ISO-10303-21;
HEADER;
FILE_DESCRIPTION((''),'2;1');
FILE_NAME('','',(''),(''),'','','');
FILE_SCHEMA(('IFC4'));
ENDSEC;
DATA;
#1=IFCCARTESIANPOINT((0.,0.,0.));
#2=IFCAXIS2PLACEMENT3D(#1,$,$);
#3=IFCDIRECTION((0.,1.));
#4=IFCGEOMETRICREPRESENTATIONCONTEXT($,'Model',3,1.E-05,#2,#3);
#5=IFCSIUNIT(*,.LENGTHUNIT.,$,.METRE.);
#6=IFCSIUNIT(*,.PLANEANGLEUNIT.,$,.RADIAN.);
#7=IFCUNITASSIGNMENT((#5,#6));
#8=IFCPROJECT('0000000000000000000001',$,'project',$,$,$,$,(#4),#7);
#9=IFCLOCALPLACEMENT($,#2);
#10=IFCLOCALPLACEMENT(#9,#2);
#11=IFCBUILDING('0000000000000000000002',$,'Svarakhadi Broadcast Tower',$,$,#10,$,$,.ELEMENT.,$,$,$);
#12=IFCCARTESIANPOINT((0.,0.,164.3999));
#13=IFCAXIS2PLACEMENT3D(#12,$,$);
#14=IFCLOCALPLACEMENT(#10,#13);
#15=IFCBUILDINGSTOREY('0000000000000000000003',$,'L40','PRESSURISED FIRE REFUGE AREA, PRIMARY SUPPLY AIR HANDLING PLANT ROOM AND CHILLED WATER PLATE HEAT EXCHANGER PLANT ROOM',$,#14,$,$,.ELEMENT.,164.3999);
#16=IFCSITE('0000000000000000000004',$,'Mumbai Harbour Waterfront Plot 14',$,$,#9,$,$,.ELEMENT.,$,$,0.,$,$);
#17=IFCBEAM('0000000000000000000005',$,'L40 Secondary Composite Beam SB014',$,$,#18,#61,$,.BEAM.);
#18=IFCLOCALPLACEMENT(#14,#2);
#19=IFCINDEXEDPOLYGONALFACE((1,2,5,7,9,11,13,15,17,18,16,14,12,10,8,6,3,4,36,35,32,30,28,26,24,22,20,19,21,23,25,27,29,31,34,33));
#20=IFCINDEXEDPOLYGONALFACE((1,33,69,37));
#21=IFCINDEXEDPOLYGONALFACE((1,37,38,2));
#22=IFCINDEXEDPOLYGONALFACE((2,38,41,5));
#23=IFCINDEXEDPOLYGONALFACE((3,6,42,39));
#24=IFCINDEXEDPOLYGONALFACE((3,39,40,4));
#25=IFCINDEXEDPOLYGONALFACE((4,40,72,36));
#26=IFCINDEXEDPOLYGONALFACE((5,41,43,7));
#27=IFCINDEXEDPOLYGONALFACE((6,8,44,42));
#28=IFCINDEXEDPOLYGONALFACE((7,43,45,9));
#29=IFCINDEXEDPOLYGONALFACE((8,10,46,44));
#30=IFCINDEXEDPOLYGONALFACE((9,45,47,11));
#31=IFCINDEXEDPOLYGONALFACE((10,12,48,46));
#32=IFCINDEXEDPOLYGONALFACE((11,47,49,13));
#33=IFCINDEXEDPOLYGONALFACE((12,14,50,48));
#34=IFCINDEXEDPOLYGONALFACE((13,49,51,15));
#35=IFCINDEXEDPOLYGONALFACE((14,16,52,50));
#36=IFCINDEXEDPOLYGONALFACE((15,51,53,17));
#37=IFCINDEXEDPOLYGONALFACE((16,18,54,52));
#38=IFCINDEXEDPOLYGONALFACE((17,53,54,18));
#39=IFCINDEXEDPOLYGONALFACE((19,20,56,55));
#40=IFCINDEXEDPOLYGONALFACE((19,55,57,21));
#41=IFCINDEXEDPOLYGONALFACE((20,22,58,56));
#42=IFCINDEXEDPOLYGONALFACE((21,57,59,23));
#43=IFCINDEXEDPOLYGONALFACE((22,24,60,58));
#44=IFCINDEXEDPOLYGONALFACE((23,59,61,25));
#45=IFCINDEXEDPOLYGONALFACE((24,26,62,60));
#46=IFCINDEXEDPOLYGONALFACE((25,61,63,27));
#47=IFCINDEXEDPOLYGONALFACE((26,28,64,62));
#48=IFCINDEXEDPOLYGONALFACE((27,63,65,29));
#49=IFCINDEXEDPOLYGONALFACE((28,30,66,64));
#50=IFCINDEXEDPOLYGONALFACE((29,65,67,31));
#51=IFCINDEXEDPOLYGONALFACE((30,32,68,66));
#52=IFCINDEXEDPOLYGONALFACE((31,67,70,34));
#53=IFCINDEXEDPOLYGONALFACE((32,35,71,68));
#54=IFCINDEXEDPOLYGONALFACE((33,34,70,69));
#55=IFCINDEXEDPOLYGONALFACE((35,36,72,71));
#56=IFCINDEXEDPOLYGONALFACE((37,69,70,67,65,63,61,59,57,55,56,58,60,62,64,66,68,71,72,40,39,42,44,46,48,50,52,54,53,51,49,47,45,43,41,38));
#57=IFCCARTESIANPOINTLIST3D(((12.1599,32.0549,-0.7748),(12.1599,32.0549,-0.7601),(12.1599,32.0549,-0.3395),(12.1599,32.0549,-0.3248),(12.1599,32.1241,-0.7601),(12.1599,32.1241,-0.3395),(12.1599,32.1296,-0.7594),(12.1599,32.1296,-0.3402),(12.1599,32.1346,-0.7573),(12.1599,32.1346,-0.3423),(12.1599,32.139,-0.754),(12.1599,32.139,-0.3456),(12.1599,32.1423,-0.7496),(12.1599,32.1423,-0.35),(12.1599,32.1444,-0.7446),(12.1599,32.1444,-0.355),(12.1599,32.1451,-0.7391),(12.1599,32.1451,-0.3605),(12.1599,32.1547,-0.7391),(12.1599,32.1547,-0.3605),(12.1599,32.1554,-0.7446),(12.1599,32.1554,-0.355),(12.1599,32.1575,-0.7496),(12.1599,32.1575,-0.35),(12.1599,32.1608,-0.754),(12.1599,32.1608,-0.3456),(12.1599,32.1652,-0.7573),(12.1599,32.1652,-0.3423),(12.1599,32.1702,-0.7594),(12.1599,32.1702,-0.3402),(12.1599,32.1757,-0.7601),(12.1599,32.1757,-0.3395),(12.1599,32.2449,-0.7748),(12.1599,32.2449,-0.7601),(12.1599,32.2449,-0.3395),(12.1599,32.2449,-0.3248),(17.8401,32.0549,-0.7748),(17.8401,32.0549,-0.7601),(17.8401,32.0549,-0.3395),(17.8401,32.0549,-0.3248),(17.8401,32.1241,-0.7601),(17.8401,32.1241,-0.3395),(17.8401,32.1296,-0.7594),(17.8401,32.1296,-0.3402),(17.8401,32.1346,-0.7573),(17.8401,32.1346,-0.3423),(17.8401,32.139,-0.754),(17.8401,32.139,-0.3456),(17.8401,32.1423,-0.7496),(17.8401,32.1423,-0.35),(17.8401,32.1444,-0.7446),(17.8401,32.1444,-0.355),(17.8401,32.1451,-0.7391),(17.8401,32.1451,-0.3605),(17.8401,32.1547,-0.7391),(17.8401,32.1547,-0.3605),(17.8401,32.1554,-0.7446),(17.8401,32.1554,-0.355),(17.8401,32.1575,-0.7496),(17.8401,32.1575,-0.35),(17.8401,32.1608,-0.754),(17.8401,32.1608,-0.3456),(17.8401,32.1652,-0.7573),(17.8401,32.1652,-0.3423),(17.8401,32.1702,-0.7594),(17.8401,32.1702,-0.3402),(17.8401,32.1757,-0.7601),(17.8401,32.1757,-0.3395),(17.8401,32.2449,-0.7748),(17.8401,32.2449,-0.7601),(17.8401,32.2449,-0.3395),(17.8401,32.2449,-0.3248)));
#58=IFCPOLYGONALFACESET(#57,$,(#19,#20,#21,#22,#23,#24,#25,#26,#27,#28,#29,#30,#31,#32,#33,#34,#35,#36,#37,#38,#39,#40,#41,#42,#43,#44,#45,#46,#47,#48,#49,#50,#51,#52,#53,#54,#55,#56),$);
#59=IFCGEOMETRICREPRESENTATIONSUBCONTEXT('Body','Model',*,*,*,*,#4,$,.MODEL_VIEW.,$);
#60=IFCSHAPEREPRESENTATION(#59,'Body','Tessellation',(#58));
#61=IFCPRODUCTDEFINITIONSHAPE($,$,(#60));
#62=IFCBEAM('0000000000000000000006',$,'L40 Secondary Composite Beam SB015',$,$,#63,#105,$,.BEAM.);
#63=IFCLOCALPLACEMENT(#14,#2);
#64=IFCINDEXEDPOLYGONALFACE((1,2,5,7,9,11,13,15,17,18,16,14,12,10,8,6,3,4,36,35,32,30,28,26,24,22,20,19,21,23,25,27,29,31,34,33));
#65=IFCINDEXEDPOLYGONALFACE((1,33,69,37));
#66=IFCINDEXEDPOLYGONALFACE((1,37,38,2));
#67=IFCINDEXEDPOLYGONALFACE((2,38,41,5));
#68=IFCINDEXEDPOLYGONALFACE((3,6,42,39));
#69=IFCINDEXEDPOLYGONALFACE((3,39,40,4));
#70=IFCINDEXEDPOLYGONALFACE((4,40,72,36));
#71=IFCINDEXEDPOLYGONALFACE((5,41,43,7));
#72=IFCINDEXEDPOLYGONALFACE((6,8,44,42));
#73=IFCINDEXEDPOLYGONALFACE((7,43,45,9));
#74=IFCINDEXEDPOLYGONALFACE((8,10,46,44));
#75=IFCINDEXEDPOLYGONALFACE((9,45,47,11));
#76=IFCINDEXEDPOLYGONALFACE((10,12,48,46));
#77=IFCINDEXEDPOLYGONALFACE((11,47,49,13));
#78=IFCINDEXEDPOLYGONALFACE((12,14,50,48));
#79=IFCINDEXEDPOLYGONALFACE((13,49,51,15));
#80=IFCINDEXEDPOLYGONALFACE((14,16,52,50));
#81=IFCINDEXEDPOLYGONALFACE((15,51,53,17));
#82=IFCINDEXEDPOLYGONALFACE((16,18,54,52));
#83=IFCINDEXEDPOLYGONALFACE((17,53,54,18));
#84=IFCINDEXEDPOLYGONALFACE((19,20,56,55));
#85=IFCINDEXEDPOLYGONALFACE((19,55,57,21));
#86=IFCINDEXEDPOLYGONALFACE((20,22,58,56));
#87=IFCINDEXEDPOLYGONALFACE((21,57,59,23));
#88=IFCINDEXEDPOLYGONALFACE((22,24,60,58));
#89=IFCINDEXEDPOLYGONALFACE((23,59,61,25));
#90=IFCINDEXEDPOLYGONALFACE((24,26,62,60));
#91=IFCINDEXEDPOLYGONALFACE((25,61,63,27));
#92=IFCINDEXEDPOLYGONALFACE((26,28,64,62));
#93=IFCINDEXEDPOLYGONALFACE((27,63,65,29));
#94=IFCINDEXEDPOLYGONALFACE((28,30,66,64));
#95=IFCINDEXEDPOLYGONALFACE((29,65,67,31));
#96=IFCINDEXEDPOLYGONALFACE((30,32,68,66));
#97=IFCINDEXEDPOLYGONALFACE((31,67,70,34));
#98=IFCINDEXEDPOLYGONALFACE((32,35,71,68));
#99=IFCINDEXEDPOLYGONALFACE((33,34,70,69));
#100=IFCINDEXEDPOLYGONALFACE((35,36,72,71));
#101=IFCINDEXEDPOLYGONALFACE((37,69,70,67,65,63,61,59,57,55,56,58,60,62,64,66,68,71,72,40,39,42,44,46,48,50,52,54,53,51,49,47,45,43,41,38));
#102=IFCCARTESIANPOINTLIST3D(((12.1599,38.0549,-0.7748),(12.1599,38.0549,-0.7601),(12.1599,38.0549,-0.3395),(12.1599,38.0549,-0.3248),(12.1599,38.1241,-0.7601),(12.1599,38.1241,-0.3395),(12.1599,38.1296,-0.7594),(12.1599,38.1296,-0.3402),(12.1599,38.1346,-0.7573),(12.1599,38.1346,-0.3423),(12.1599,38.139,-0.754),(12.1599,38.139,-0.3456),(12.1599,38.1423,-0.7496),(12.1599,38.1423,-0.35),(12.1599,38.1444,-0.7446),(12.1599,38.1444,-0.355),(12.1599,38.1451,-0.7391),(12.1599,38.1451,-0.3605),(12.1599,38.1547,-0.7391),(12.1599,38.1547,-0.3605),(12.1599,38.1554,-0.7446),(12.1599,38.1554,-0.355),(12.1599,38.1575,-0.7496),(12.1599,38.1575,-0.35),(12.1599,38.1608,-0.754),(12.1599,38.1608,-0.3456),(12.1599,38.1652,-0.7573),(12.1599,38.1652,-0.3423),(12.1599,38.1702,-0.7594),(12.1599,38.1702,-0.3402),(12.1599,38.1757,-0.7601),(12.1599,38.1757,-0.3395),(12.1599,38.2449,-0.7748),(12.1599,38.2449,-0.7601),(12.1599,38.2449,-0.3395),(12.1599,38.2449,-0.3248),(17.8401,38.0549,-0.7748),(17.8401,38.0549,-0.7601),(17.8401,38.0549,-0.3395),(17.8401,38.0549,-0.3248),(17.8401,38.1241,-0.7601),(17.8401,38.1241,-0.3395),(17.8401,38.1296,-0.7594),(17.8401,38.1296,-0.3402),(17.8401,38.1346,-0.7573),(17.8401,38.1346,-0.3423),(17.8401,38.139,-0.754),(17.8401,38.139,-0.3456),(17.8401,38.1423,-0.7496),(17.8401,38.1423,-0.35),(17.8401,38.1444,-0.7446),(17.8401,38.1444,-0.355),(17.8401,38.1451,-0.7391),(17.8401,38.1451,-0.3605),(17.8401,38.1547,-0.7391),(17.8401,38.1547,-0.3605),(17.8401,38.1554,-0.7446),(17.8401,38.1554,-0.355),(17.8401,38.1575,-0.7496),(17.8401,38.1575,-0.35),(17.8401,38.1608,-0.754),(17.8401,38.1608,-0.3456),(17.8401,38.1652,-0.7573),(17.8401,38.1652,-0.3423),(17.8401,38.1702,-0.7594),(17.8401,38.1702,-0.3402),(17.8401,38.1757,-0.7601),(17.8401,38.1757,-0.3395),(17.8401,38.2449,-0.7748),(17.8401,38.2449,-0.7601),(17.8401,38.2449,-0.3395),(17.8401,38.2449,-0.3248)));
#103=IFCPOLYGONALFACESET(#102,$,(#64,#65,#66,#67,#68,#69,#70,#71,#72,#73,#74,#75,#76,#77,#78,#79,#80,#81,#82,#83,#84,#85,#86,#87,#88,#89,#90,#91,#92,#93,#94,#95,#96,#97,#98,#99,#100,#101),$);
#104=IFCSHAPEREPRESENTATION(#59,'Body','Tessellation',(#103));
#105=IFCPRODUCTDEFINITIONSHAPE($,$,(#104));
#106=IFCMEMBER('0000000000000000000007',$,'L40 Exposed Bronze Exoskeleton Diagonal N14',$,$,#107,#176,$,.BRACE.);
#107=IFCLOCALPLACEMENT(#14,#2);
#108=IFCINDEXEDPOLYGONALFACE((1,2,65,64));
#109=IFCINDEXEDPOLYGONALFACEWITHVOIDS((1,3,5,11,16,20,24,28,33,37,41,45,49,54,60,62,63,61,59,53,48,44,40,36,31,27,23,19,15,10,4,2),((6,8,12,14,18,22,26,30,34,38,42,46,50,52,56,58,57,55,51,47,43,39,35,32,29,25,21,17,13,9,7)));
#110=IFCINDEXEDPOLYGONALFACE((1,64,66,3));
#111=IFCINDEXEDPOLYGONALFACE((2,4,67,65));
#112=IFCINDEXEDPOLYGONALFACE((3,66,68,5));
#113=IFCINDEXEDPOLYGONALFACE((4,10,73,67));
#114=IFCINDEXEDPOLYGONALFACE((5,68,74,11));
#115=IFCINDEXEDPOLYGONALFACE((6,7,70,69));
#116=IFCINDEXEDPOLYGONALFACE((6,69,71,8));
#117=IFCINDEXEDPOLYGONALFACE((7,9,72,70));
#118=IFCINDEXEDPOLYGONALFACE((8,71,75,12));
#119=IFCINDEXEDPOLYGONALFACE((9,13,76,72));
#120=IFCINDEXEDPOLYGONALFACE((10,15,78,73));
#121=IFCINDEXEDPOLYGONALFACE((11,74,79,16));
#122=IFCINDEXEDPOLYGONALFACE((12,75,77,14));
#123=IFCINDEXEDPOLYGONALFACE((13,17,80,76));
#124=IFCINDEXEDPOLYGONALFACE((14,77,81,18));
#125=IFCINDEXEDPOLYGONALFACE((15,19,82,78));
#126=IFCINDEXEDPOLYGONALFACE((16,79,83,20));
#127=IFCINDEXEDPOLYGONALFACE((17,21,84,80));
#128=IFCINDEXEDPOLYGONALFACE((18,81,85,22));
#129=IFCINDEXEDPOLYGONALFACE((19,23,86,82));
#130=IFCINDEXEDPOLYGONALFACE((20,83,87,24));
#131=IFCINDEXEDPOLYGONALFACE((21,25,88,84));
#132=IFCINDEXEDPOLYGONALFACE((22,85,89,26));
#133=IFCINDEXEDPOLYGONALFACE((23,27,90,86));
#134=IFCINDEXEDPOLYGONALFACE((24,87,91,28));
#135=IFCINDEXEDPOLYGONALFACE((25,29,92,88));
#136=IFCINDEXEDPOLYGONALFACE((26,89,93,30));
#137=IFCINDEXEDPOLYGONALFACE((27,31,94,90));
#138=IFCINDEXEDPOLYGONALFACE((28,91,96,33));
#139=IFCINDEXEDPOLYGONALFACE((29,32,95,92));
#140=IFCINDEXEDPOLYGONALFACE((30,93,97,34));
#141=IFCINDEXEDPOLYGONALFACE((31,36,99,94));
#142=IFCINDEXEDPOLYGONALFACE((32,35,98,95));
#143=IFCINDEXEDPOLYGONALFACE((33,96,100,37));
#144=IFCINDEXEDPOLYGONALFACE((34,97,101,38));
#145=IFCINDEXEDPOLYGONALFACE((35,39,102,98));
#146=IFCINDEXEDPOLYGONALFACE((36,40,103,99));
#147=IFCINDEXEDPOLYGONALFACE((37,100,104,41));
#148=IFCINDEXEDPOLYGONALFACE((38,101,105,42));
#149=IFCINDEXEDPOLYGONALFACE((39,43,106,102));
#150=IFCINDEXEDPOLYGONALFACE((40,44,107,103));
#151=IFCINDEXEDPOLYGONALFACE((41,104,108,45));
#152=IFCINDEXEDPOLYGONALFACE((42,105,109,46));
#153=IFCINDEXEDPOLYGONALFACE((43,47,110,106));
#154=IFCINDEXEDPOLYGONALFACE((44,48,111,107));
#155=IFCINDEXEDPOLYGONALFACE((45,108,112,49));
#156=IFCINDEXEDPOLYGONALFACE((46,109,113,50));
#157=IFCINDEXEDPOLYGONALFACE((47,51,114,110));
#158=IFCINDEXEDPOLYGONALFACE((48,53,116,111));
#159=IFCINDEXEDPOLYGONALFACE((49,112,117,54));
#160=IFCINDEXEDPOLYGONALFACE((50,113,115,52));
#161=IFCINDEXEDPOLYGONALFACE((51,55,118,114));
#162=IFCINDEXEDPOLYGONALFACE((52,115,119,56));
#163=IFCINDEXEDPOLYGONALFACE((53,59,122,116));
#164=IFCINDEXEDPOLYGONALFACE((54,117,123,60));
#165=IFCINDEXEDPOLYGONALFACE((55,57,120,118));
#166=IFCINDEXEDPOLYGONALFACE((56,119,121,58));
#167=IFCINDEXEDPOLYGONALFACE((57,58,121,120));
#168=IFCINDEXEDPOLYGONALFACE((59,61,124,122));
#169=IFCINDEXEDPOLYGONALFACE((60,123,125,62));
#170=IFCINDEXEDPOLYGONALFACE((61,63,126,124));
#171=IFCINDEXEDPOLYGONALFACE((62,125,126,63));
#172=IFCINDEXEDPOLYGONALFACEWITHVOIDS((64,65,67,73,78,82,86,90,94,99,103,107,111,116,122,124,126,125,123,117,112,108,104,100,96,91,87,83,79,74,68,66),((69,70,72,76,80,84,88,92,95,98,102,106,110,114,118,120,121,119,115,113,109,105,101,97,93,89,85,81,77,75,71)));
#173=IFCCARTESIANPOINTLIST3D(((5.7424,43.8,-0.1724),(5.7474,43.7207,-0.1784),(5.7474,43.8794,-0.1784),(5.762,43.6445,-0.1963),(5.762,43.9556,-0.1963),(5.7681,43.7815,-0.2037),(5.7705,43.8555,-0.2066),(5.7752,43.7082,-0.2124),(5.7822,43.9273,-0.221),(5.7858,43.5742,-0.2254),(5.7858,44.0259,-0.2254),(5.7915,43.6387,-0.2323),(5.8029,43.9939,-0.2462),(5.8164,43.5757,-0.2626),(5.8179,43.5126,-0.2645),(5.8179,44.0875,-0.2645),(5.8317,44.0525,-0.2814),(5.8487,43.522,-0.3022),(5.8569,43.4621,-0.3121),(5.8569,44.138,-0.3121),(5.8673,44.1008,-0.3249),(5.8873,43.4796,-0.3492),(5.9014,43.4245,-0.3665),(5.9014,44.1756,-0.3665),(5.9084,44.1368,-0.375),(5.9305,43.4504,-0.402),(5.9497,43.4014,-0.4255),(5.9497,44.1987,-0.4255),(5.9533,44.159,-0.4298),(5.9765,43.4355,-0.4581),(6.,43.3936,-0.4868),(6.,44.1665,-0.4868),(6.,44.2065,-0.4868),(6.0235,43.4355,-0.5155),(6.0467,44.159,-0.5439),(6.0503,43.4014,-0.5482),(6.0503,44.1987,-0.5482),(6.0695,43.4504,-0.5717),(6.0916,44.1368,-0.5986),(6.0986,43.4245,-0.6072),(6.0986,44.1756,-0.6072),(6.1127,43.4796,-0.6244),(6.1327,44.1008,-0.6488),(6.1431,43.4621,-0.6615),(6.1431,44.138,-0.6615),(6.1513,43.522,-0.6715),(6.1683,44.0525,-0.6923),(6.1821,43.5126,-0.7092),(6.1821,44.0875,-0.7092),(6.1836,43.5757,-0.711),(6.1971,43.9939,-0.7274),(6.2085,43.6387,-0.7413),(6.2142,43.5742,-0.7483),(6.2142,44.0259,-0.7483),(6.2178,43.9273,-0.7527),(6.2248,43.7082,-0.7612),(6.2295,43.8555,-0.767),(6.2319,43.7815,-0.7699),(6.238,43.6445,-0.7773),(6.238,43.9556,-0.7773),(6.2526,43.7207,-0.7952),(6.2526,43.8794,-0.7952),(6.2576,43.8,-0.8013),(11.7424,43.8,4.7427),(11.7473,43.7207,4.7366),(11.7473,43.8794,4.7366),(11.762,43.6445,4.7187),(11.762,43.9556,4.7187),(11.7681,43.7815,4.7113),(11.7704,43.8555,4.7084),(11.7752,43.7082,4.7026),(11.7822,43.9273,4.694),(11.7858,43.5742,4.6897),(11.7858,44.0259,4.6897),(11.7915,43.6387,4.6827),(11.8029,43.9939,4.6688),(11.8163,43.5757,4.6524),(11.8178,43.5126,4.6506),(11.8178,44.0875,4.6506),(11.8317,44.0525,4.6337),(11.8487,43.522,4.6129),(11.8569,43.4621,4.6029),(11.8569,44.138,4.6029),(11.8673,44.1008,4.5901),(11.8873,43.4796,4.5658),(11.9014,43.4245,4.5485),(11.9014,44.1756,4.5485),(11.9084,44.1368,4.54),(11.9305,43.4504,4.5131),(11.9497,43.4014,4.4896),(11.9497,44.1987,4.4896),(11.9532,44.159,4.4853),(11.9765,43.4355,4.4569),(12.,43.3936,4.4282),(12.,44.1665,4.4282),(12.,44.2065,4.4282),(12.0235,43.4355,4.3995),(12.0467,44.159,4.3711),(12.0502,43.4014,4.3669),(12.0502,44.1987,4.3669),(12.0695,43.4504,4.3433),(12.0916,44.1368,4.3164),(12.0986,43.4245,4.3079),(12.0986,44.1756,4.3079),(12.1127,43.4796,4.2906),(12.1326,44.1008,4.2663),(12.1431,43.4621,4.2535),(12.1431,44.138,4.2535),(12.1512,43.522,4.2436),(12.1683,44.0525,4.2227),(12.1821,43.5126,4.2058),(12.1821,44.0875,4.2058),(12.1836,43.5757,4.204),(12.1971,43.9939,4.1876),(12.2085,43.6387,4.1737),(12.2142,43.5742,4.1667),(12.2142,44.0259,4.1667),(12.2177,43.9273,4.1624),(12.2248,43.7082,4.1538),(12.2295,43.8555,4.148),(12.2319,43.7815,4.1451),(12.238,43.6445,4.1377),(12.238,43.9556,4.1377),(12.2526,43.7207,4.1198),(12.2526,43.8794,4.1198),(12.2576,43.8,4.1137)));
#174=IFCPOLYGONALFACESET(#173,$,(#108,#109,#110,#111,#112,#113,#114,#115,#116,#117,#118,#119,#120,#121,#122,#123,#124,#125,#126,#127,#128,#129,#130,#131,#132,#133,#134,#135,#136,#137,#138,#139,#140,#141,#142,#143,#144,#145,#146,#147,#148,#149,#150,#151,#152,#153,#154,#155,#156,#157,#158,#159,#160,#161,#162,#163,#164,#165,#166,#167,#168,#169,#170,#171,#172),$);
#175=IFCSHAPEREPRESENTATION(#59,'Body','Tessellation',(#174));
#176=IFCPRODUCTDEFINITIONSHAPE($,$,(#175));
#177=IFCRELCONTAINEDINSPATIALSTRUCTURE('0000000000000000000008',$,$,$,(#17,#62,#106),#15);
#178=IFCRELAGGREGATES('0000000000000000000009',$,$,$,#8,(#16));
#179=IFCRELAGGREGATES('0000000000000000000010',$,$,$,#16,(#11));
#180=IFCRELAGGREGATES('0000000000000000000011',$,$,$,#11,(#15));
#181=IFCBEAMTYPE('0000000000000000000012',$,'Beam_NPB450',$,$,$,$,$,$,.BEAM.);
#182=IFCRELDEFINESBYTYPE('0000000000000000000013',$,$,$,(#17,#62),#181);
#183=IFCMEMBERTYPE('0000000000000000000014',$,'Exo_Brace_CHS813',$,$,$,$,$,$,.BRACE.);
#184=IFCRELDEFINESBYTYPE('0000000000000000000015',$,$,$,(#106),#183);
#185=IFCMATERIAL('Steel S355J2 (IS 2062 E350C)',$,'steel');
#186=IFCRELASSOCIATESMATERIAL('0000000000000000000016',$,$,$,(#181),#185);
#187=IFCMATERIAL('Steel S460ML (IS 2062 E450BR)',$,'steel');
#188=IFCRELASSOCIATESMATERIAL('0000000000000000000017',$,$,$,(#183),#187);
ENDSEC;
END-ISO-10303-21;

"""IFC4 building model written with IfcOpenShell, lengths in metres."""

from ifc_helpers import new_model, si_unit, direction, frame, origin, origin_2d, place, context, subcontext, project, spatial, hollow_circle, i_section, extrude, material, material_profile, profile_set, type_object, element, save


model = new_model("IFC4")

# Units and contexts
model_context = context("Model", 3, precision=1e-05, world=origin(), true_north=direction((0.0, 1.0)))
body_context = subcontext(model_context, "Body", "Model", "MODEL_VIEW")
ifc_project = project(units=[si_unit("LENGTHUNIT", "METRE"), si_unit("PLANEANGLEUNIT", "RADIAN")], contexts=[model_context])

# Site, building, storey
site_placement = place(None, origin())
site = spatial("IfcSite", under=ifc_project, at=site_placement, Name="Mumbai Harbour Waterfront Plot 14", CompositionType="ELEMENT", RefElevation=0.0)
building_placement = place(site_placement, origin())
building = spatial("IfcBuilding", under=site, at=building_placement, Name="Svarakhadi Broadcast Tower", CompositionType="ELEMENT")
storey_placement = place(building_placement, frame((0.0, 0.0, 164.3999)))
storey = spatial("IfcBuildingStorey", under=building, at=storey_placement, Name="L40", Description="PRESSURISED FIRE REFUGE AREA, PRIMARY SUPPLY AIR HANDLING PLANT ROOM AND CHILLED WATER PLATE HEAT EXCHANGER PLANT ROOM", CompositionType="ELEMENT", Elevation=164.3999)

# Shared definitions
ifc_material_1 = material(Name="Steel S460ML (IS 2062 E450BR)", Category="steel")

# Beams
ifc_material_2 = material(Name="Steel S355J2 (IS 2062 E350C)", Category="steel")
ifc_material_profile_1 = material_profile(ifc_material_2, i_section(OverallWidth=0.1899, OverallDepth=0.45, WebThickness=0.0095, FlangeThickness=0.0146, FilletRadius=0.021, at=origin_2d()), Name="NPB 450x190x78")
ifc_profile_set_1 = profile_set([ifc_material_profile_1], Name="Steel S355J2 (IS 2062 E350C)")
beam_type_1 = type_object("IfcBeamType", Name="Beam_NPB450", PredefinedType="BEAM", material=ifc_profile_set_1)
for number, where, z_axis, x_axis, name in (
    (1, (12.1599, 32.1499, -0.5498), (1.0, 0.0, 0.0), (0.0, 1.0, 0.0), "L40 Secondary Composite Beam SB014"),
    (2, (12.1599, 38.1499, -0.5498), (1.0, 0.0, 0.0), (0.0, 1.0, 0.0), "L40 Secondary Composite Beam SB015"),
):
    element("IfcBeam", number, at=place(storey_placement, frame(where, z_axis=z_axis, x_axis=x_axis)), inside=storey, type_object=beam_type_1, Name=name, PredefinedType="BEAM", context=body_context, shape_type="SweptSolid", body=[
        extrude(i_section(OverallWidth=0.1899, OverallDepth=0.45, WebThickness=0.0095, FlangeThickness=0.0146, FilletRadius=0.021, at=origin_2d()), origin(), (0.0, 0.0, 1.0), 5.6802),
    ])

# Member
ifc_material_profile_2 = material_profile(ifc_material_1, hollow_circle(Radius=0.4065, WallThickness=0.04, at=origin_2d()), Name="CHS 813x40")
ifc_profile_set_2 = profile_set([ifc_material_profile_2], Name="Steel S460ML (IS 2062 E450BR)")
member_type_1 = type_object("IfcMemberType", Name="Exo_Brace_CHS813", PredefinedType="BRACE", material=ifc_profile_set_2)
member_placement = place(storey_placement, frame((6.0, 43.8, -0.4868), z_axis=(0.773581, 0.0, 0.633697), x_axis=(0.0, 1.0, 0.0)))
element("IfcMember", 3, at=member_placement, inside=storey, type_object=member_type_1, Name="L40 Exposed Bronze Exoskeleton Diagonal N14", PredefinedType="BRACE", context=body_context, shape_type="SweptSolid", body=[
    extrude(hollow_circle(Radius=0.4065, WallThickness=0.04, at=origin_2d()), origin(), (0.0, 0.0, 1.0), 7.7561),
])

save(model, "model.ifc")
